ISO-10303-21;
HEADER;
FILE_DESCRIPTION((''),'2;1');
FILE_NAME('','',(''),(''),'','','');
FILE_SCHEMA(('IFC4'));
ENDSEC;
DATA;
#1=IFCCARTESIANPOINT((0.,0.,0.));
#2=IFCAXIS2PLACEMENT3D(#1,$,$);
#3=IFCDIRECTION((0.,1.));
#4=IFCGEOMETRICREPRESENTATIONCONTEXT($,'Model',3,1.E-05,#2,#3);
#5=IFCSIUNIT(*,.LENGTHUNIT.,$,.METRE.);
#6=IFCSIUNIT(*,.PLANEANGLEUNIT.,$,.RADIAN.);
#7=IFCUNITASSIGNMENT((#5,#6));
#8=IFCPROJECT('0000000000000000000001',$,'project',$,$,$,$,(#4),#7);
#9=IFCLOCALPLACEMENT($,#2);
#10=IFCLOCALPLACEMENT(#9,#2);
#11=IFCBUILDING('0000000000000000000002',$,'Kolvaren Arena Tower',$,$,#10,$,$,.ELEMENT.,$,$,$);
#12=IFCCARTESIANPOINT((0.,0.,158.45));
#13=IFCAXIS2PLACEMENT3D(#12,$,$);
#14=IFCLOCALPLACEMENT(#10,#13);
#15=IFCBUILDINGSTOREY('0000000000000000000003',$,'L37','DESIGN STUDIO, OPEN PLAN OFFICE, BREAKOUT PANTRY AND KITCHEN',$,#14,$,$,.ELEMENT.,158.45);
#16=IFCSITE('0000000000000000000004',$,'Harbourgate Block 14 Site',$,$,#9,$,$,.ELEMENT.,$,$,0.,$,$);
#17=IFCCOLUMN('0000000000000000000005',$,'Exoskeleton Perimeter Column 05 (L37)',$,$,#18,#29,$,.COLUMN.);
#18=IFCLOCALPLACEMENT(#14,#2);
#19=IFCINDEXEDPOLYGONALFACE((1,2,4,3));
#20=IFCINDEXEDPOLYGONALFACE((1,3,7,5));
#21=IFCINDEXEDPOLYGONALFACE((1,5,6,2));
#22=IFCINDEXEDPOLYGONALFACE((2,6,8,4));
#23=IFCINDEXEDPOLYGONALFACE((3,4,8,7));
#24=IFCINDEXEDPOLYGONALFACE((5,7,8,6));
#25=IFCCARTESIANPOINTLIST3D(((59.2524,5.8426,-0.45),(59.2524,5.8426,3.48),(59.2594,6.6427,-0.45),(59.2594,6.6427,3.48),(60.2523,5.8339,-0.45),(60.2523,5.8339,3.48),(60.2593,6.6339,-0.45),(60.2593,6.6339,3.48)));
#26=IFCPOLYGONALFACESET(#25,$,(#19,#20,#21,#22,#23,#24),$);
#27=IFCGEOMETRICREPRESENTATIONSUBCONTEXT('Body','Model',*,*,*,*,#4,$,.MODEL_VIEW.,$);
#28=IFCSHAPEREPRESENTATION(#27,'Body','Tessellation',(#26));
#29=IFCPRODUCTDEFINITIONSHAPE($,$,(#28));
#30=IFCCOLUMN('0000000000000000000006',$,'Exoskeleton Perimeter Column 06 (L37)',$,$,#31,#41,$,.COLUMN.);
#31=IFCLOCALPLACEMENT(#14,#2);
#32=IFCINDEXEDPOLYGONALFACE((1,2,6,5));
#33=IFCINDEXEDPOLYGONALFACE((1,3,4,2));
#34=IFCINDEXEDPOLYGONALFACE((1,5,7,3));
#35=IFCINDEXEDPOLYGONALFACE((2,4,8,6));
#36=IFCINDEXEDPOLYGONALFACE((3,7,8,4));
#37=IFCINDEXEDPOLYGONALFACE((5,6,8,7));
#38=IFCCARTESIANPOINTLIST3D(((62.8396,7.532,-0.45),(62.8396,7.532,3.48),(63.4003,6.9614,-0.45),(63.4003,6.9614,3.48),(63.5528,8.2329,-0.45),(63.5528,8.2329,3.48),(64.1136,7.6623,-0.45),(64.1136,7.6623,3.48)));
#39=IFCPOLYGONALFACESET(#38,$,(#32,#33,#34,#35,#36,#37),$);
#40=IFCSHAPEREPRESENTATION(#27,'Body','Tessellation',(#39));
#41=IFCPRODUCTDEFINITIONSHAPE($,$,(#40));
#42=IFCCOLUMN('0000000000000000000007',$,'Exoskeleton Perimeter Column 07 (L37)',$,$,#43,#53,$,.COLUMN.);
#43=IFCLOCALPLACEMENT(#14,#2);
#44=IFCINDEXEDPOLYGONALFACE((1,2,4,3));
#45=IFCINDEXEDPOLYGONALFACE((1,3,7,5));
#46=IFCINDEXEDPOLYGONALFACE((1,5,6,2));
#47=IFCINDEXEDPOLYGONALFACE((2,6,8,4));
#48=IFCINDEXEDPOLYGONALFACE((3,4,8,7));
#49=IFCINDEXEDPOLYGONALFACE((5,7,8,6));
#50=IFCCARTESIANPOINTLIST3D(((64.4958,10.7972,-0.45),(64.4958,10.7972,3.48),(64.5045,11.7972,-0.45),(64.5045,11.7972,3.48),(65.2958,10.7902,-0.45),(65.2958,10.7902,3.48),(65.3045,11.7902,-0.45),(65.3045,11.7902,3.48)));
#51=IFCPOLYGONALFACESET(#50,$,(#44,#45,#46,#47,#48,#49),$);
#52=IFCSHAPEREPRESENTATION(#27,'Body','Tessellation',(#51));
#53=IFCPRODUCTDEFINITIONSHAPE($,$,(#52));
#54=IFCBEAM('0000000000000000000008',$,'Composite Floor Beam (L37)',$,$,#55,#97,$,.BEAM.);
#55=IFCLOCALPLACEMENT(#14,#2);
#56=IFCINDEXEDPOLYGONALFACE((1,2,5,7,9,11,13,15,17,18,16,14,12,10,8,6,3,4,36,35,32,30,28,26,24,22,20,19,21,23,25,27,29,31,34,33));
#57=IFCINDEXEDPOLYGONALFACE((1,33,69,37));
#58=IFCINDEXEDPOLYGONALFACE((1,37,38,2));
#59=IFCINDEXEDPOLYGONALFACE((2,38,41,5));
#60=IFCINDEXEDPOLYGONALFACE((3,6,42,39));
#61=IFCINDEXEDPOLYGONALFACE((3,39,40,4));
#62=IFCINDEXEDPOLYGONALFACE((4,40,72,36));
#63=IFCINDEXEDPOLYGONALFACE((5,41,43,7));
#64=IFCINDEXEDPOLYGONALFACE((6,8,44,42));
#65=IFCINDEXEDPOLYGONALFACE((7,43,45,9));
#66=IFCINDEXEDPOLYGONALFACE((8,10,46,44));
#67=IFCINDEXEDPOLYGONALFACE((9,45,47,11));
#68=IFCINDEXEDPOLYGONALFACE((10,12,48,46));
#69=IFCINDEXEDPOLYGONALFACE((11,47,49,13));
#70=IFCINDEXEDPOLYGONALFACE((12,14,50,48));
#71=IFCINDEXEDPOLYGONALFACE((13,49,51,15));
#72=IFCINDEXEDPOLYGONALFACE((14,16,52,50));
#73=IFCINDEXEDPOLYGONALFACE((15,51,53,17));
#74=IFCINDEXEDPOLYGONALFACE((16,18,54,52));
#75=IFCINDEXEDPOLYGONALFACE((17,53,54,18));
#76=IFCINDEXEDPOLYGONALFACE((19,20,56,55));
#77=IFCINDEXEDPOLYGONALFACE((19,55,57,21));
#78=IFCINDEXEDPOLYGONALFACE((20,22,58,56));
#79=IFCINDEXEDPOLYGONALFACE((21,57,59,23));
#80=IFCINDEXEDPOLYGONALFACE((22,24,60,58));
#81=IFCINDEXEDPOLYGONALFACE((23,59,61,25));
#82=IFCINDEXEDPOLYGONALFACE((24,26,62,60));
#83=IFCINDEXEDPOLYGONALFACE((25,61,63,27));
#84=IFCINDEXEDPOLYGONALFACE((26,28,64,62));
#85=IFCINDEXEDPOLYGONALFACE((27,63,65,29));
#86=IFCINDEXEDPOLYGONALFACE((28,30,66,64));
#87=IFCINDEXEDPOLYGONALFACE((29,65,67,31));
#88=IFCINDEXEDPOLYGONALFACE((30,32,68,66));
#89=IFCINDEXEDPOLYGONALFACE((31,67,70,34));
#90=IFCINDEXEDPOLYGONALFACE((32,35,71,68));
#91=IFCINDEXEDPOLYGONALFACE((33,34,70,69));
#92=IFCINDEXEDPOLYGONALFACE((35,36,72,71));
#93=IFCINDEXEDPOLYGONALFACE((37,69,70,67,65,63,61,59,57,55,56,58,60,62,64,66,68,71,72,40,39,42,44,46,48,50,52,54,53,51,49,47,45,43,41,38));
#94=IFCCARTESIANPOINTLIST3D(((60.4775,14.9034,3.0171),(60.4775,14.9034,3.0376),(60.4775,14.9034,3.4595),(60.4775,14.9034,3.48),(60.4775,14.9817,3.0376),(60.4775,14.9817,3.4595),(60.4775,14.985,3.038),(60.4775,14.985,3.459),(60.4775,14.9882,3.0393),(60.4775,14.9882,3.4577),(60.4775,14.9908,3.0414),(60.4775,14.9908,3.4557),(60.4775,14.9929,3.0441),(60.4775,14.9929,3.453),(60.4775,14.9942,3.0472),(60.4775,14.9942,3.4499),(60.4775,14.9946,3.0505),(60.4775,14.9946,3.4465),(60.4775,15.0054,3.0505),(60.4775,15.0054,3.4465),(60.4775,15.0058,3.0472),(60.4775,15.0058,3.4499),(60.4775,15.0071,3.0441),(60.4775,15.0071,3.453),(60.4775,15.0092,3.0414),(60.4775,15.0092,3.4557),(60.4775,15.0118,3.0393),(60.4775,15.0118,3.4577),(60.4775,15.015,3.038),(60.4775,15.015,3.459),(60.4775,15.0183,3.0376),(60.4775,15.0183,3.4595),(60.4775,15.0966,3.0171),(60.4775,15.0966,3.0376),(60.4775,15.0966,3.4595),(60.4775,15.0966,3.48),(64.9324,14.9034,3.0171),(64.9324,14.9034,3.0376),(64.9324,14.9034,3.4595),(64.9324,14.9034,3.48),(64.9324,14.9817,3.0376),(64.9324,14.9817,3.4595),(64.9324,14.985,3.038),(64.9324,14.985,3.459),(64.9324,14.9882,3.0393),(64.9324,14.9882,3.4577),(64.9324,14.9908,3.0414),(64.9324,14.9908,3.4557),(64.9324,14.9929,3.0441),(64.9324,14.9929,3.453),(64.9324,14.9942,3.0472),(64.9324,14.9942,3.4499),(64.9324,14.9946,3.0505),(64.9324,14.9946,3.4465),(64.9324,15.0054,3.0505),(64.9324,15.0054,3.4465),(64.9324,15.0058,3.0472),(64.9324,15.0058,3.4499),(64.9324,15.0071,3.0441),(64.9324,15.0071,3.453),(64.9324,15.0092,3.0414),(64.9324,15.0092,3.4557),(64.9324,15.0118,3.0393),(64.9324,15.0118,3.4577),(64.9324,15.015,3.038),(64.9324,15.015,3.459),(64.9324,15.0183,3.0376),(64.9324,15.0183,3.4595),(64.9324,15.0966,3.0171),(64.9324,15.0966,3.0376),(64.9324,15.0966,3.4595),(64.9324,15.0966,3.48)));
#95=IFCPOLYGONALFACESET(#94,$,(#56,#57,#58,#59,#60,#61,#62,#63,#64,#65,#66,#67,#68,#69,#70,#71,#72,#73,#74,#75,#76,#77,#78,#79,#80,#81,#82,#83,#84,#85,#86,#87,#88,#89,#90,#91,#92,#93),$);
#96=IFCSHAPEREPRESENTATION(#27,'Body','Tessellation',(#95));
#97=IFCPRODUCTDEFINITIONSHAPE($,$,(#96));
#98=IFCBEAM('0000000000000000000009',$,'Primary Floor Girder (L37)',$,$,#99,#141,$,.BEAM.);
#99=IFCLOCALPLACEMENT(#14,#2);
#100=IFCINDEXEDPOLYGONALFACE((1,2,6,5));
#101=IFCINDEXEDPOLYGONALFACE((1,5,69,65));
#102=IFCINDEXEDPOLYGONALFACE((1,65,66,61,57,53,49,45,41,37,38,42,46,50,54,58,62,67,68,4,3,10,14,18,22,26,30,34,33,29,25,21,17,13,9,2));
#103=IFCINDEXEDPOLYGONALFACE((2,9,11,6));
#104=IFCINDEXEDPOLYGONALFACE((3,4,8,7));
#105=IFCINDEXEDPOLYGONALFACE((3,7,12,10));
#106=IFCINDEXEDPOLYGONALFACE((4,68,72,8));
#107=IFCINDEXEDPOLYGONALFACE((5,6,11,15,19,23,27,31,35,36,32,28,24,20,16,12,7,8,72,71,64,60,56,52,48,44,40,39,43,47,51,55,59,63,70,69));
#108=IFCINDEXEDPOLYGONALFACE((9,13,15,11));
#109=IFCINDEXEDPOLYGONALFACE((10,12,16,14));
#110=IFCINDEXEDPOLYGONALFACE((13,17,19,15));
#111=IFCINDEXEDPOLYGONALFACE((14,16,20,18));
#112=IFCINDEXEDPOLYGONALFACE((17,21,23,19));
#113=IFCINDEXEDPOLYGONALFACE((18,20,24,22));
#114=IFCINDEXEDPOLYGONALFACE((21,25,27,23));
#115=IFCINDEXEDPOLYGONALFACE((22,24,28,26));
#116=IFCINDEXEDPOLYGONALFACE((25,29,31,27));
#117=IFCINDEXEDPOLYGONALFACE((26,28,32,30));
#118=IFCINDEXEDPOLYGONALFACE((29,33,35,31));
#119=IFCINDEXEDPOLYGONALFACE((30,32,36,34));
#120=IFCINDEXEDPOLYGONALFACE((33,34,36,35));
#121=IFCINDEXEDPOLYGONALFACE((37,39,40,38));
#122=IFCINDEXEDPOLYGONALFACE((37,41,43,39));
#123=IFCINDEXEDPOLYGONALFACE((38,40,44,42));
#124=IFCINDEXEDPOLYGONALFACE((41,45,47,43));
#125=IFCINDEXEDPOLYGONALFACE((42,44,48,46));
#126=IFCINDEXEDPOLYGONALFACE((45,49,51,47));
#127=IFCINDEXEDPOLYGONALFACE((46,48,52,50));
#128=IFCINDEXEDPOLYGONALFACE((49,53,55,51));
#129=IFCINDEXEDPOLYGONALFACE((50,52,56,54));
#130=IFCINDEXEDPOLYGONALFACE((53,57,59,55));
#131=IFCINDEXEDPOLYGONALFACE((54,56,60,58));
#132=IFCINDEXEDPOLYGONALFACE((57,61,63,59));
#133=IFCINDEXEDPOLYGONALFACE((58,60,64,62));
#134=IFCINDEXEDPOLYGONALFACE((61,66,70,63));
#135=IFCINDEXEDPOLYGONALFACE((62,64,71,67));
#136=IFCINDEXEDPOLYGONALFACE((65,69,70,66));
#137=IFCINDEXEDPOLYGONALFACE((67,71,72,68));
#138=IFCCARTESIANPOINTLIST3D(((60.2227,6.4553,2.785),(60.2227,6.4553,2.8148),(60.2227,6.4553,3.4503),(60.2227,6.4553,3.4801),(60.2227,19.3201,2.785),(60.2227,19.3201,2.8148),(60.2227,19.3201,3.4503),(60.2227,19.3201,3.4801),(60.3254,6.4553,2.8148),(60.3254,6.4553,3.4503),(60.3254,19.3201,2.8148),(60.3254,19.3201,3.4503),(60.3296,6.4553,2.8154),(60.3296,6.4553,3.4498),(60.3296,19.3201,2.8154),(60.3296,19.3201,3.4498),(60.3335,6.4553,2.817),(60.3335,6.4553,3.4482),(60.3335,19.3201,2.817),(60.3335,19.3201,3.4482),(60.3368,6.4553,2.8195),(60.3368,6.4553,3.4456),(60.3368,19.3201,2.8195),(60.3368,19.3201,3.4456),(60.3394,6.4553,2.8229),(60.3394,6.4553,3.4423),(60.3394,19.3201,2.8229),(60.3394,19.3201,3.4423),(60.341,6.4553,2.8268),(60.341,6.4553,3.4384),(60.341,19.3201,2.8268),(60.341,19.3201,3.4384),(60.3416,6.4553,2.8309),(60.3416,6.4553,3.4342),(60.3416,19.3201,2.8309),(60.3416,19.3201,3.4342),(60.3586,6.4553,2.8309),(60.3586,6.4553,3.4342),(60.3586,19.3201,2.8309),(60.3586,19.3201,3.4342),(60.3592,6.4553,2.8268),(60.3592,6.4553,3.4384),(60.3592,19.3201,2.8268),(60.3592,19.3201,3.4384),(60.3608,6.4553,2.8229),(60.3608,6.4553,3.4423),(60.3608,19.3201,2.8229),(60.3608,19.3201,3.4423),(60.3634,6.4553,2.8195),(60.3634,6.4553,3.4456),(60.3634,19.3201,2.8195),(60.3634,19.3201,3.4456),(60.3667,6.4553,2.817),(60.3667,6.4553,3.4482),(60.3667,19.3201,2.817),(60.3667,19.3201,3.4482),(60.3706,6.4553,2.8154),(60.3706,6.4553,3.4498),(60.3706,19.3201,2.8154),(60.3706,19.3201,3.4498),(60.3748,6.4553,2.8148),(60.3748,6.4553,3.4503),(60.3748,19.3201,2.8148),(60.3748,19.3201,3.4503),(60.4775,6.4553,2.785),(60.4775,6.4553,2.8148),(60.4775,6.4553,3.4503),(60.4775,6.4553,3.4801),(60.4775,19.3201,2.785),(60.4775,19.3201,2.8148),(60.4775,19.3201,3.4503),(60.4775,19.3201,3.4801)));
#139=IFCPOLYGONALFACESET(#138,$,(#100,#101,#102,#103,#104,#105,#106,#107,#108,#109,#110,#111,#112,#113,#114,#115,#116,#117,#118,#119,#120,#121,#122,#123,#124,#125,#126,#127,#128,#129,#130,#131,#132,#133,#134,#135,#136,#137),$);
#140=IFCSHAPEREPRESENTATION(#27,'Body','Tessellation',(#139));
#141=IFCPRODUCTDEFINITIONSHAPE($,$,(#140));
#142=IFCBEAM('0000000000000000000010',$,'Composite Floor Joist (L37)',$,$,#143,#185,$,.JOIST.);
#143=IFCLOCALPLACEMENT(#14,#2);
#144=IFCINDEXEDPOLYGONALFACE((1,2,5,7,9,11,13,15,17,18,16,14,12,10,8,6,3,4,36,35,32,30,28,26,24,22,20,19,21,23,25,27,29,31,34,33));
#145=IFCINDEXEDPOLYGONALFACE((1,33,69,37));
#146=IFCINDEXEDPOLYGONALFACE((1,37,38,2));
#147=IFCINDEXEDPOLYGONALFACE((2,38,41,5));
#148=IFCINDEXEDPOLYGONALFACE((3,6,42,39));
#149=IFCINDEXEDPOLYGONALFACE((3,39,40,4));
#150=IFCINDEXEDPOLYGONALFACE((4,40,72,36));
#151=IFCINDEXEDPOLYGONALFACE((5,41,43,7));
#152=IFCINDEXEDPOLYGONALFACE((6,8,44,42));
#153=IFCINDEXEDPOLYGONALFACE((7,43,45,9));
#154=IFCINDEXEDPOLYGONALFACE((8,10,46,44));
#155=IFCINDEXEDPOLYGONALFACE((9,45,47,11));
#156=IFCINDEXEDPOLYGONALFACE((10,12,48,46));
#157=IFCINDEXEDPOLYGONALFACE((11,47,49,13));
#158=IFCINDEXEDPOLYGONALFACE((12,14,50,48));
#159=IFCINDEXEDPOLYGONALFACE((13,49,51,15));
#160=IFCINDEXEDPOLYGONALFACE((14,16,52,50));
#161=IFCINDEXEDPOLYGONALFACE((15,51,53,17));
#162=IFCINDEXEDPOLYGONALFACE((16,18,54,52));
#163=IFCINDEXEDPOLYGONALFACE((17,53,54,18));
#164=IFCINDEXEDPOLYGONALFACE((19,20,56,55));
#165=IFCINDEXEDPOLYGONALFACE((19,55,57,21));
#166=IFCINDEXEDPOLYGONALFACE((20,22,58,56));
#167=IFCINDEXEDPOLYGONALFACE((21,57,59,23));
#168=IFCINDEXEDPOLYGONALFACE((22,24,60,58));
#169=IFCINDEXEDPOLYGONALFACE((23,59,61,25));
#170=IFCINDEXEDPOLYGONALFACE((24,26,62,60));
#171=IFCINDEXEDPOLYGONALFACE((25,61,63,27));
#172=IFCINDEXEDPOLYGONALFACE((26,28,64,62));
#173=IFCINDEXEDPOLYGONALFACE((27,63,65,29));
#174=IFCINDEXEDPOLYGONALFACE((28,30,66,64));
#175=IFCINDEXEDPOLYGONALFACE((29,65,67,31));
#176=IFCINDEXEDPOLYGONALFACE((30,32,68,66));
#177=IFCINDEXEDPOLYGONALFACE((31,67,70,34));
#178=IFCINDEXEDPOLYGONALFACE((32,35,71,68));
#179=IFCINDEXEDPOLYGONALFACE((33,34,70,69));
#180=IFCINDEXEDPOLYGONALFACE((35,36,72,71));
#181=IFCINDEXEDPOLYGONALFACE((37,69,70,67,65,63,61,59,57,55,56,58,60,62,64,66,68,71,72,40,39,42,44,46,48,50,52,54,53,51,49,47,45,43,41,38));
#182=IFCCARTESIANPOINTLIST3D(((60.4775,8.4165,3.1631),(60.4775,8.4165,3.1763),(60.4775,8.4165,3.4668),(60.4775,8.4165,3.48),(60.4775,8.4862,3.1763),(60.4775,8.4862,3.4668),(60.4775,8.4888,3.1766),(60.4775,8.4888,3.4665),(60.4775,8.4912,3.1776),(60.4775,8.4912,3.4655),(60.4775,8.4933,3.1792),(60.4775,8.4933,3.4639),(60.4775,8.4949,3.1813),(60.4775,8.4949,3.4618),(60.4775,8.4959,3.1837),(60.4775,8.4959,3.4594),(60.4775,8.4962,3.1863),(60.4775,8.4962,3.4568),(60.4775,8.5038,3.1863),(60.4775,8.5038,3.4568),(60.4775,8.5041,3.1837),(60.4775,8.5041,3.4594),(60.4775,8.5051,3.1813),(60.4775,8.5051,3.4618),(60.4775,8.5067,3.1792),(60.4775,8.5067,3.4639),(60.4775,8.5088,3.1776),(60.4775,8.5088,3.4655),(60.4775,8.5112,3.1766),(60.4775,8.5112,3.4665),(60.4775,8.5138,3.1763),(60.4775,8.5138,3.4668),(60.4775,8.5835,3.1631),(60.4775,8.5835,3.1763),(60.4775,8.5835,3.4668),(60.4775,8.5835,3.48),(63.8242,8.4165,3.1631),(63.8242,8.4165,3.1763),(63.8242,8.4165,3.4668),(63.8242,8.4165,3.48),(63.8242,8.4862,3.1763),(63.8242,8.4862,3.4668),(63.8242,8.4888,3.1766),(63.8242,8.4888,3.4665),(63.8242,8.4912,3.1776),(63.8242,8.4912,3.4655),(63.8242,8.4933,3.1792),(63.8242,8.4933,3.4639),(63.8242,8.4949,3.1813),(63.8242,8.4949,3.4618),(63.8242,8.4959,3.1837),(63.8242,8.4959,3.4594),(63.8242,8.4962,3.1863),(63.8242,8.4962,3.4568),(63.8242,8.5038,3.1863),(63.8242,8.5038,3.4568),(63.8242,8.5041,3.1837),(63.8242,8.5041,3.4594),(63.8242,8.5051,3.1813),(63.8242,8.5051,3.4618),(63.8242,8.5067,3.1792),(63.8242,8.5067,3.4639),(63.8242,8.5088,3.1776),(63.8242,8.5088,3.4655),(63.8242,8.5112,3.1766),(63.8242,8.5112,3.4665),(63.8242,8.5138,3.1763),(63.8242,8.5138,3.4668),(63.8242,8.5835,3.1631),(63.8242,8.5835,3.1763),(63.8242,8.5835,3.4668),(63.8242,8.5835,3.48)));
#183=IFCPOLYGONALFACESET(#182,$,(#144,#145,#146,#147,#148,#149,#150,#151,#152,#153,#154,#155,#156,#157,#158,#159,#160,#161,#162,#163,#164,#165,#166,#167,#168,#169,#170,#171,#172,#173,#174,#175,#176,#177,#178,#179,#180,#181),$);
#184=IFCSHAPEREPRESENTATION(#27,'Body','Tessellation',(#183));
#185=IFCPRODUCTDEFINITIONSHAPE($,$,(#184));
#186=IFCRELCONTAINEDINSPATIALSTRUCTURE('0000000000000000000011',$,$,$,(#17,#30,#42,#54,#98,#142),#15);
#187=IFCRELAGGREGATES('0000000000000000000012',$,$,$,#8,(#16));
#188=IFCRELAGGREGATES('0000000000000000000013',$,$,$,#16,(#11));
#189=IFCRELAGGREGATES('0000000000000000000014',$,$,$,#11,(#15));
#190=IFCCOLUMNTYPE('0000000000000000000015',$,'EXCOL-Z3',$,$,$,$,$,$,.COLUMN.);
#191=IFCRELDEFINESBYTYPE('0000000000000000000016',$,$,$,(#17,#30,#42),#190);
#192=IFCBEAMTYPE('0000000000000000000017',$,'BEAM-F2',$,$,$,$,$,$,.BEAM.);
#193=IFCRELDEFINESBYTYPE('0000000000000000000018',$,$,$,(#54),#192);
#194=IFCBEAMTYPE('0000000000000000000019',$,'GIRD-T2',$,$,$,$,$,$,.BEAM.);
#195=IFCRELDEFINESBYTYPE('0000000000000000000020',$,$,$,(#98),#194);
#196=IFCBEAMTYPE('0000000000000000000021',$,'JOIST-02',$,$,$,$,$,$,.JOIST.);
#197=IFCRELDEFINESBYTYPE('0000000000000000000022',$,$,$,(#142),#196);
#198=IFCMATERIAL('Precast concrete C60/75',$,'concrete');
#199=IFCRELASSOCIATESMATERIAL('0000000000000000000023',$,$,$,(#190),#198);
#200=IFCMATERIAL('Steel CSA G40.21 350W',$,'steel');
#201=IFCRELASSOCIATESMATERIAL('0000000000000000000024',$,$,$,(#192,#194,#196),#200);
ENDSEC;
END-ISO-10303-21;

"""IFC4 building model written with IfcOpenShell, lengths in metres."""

from ifc_helpers import new_model, si_unit, direction, frame, origin, origin_2d, place, context, subcontext, project, spatial, rectangle, i_section, extrude, material, material_profile, profile_set, type_object, element, save


model = new_model("IFC4")

# Units and contexts
model_context = context("Model", 3, precision=1e-05, world=origin(), true_north=direction((0.0, 1.0)))
body_context = subcontext(model_context, "Body", "Model", "MODEL_VIEW")
ifc_project = project(units=[si_unit("LENGTHUNIT", "METRE"), si_unit("PLANEANGLEUNIT", "RADIAN")], contexts=[model_context])

# Site, building, storey
site_placement = place(None, origin())
site = spatial("IfcSite", under=ifc_project, at=site_placement, Name="Harbourgate Block 14 Site", CompositionType="ELEMENT", RefElevation=0.0)
building_placement = place(site_placement, origin())
building = spatial("IfcBuilding", under=site, at=building_placement, Name="Kolvaren Arena Tower", CompositionType="ELEMENT")
storey_placement = place(building_placement, frame((0.0, 0.0, 158.45)))
storey = spatial("IfcBuildingStorey", under=building, at=storey_placement, Name="L37", Description="DESIGN STUDIO, OPEN PLAN OFFICE, BREAKOUT PANTRY AND KITCHEN", CompositionType="ELEMENT", Elevation=158.45)

# Columns
ifc_material_1 = material(Name="Precast concrete C60/75", Category="concrete")
ifc_material_profile_1 = material_profile(ifc_material_1, rectangle(XDim=1.0, YDim=0.8, at=origin_2d()), Name="RC-1000x800")
ifc_profile_set_1 = profile_set([ifc_material_profile_1], Name="Precast concrete C60/75")
column_type = type_object("IfcColumnType", Name="EXCOL-Z3", PredefinedType="COLUMN", material=ifc_profile_set_1)
for number, where, z_axis, x_axis, name in (
    (1, (59.7559, 6.2383, -0.45), (0.0, 0.0, 1.0), (0.999962, -0.008727, 0.0), "Exoskeleton Perimeter Column 05 (L37)"),
    (2, (63.4766, 7.5972, -0.45), (0.0, 0.0, 1.0), (0.71325, 0.700909, 0.0), "Exoskeleton Perimeter Column 06 (L37)"),
    (3, (64.9001, 11.2937, -0.45), (0.0, 0.0, 1.0), (0.008727, 0.999962, 0.0), "Exoskeleton Perimeter Column 07 (L37)"),
):
    element("IfcColumn", number, at=place(storey_placement, frame(where, z_axis=z_axis, x_axis=x_axis)), inside=storey, type_object=column_type, Name=name, PredefinedType="COLUMN", context=body_context, shape_type="SweptSolid", body=[
        extrude(rectangle(XDim=1.0, YDim=0.8, at=origin_2d()), origin(), (0.0, 0.0, 1.0), 3.9299),
    ])

# Beams
ifc_material_2 = material(Name="Steel CSA G40.21 350W", Category="steel")
ifc_material_profile_2 = material_profile(ifc_material_2, i_section(OverallWidth=0.1931, OverallDepth=0.4629, WebThickness=0.0107, FlangeThickness=0.0205, FilletRadius=0.0129, at=origin_2d()), Name="W460x113")
ifc_profile_set_2 = profile_set([ifc_material_profile_2], Name="Steel CSA G40.21 350W")
beam_type_1 = type_object("IfcBeamType", Name="BEAM-F2", PredefinedType="BEAM", material=ifc_profile_set_2)
beam_1_placement = place(storey_placement, frame((60.4775, 15.0, 3.2485), z_axis=(1.0, 0.0, 0.0), x_axis=(0.0, 1.0, 0.0)))
element("IfcBeam", 4, at=beam_1_placement, inside=storey, type_object=beam_type_1, Name="Composite Floor Beam (L37)", PredefinedType="BEAM", context=body_context, shape_type="SweptSolid", body=[
    extrude(i_section(OverallWidth=0.1931, OverallDepth=0.4629, WebThickness=0.0107, FlangeThickness=0.0205, FilletRadius=0.0129, at=origin_2d()), origin(), (0.0, 0.0, 1.0), 4.4548),
])
ifc_material_profile_3 = material_profile(ifc_material_2, i_section(OverallWidth=0.2549, OverallDepth=0.6951, WebThickness=0.0171, FlangeThickness=0.0298, FilletRadius=0.0161, at=origin_2d()), Name="W690x217")
ifc_profile_set_3 = profile_set([ifc_material_profile_3], Name="Steel CSA G40.21 350W")
beam_type_2 = type_object("IfcBeamType", Name="GIRD-T2", PredefinedType="BEAM", material=ifc_profile_set_3)
beam_2_placement = place(storey_placement, frame((60.3501, 6.4553, 3.1326), z_axis=(0.0, 1.0, 0.0), x_axis=(-1.0, 0.0, 0.0)))
element("IfcBeam", 5, at=beam_2_placement, inside=storey, type_object=beam_type_2, Name="Primary Floor Girder (L37)", PredefinedType="BEAM", context=body_context, shape_type="SweptSolid", body=[
    extrude(i_section(OverallWidth=0.2549, OverallDepth=0.6951, WebThickness=0.0171, FlangeThickness=0.0298, FilletRadius=0.0161, at=origin_2d()), origin(), (0.0, 0.0, 1.0), 12.8647),
])
ifc_material_profile_4 = material_profile(ifc_material_2, i_section(OverallWidth=0.167, OverallDepth=0.3169, WebThickness=0.0076, FlangeThickness=0.0132, FilletRadius=0.01, at=origin_2d()), Name="W310x52")
ifc_profile_set_4 = profile_set([ifc_material_profile_4], Name="Steel CSA G40.21 350W")
beam_type_3 = type_object("IfcBeamType", Name="JOIST-02", PredefinedType="JOIST", material=ifc_profile_set_4)
beam_3_placement = place(storey_placement, frame((60.4775, 8.5, 3.3215), z_axis=(1.0, 0.0, 0.0), x_axis=(0.0, 1.0, 0.0)))
element("IfcBeam", 6, at=beam_3_placement, inside=storey, type_object=beam_type_3, Name="Composite Floor Joist (L37)", PredefinedType="JOIST", context=body_context, shape_type="SweptSolid", body=[
    extrude(i_section(OverallWidth=0.167, OverallDepth=0.3169, WebThickness=0.0076, FlangeThickness=0.0132, FilletRadius=0.01, at=origin_2d()), origin(), (0.0, 0.0, 1.0), 3.3467),
])

save(model, "model.ifc")
